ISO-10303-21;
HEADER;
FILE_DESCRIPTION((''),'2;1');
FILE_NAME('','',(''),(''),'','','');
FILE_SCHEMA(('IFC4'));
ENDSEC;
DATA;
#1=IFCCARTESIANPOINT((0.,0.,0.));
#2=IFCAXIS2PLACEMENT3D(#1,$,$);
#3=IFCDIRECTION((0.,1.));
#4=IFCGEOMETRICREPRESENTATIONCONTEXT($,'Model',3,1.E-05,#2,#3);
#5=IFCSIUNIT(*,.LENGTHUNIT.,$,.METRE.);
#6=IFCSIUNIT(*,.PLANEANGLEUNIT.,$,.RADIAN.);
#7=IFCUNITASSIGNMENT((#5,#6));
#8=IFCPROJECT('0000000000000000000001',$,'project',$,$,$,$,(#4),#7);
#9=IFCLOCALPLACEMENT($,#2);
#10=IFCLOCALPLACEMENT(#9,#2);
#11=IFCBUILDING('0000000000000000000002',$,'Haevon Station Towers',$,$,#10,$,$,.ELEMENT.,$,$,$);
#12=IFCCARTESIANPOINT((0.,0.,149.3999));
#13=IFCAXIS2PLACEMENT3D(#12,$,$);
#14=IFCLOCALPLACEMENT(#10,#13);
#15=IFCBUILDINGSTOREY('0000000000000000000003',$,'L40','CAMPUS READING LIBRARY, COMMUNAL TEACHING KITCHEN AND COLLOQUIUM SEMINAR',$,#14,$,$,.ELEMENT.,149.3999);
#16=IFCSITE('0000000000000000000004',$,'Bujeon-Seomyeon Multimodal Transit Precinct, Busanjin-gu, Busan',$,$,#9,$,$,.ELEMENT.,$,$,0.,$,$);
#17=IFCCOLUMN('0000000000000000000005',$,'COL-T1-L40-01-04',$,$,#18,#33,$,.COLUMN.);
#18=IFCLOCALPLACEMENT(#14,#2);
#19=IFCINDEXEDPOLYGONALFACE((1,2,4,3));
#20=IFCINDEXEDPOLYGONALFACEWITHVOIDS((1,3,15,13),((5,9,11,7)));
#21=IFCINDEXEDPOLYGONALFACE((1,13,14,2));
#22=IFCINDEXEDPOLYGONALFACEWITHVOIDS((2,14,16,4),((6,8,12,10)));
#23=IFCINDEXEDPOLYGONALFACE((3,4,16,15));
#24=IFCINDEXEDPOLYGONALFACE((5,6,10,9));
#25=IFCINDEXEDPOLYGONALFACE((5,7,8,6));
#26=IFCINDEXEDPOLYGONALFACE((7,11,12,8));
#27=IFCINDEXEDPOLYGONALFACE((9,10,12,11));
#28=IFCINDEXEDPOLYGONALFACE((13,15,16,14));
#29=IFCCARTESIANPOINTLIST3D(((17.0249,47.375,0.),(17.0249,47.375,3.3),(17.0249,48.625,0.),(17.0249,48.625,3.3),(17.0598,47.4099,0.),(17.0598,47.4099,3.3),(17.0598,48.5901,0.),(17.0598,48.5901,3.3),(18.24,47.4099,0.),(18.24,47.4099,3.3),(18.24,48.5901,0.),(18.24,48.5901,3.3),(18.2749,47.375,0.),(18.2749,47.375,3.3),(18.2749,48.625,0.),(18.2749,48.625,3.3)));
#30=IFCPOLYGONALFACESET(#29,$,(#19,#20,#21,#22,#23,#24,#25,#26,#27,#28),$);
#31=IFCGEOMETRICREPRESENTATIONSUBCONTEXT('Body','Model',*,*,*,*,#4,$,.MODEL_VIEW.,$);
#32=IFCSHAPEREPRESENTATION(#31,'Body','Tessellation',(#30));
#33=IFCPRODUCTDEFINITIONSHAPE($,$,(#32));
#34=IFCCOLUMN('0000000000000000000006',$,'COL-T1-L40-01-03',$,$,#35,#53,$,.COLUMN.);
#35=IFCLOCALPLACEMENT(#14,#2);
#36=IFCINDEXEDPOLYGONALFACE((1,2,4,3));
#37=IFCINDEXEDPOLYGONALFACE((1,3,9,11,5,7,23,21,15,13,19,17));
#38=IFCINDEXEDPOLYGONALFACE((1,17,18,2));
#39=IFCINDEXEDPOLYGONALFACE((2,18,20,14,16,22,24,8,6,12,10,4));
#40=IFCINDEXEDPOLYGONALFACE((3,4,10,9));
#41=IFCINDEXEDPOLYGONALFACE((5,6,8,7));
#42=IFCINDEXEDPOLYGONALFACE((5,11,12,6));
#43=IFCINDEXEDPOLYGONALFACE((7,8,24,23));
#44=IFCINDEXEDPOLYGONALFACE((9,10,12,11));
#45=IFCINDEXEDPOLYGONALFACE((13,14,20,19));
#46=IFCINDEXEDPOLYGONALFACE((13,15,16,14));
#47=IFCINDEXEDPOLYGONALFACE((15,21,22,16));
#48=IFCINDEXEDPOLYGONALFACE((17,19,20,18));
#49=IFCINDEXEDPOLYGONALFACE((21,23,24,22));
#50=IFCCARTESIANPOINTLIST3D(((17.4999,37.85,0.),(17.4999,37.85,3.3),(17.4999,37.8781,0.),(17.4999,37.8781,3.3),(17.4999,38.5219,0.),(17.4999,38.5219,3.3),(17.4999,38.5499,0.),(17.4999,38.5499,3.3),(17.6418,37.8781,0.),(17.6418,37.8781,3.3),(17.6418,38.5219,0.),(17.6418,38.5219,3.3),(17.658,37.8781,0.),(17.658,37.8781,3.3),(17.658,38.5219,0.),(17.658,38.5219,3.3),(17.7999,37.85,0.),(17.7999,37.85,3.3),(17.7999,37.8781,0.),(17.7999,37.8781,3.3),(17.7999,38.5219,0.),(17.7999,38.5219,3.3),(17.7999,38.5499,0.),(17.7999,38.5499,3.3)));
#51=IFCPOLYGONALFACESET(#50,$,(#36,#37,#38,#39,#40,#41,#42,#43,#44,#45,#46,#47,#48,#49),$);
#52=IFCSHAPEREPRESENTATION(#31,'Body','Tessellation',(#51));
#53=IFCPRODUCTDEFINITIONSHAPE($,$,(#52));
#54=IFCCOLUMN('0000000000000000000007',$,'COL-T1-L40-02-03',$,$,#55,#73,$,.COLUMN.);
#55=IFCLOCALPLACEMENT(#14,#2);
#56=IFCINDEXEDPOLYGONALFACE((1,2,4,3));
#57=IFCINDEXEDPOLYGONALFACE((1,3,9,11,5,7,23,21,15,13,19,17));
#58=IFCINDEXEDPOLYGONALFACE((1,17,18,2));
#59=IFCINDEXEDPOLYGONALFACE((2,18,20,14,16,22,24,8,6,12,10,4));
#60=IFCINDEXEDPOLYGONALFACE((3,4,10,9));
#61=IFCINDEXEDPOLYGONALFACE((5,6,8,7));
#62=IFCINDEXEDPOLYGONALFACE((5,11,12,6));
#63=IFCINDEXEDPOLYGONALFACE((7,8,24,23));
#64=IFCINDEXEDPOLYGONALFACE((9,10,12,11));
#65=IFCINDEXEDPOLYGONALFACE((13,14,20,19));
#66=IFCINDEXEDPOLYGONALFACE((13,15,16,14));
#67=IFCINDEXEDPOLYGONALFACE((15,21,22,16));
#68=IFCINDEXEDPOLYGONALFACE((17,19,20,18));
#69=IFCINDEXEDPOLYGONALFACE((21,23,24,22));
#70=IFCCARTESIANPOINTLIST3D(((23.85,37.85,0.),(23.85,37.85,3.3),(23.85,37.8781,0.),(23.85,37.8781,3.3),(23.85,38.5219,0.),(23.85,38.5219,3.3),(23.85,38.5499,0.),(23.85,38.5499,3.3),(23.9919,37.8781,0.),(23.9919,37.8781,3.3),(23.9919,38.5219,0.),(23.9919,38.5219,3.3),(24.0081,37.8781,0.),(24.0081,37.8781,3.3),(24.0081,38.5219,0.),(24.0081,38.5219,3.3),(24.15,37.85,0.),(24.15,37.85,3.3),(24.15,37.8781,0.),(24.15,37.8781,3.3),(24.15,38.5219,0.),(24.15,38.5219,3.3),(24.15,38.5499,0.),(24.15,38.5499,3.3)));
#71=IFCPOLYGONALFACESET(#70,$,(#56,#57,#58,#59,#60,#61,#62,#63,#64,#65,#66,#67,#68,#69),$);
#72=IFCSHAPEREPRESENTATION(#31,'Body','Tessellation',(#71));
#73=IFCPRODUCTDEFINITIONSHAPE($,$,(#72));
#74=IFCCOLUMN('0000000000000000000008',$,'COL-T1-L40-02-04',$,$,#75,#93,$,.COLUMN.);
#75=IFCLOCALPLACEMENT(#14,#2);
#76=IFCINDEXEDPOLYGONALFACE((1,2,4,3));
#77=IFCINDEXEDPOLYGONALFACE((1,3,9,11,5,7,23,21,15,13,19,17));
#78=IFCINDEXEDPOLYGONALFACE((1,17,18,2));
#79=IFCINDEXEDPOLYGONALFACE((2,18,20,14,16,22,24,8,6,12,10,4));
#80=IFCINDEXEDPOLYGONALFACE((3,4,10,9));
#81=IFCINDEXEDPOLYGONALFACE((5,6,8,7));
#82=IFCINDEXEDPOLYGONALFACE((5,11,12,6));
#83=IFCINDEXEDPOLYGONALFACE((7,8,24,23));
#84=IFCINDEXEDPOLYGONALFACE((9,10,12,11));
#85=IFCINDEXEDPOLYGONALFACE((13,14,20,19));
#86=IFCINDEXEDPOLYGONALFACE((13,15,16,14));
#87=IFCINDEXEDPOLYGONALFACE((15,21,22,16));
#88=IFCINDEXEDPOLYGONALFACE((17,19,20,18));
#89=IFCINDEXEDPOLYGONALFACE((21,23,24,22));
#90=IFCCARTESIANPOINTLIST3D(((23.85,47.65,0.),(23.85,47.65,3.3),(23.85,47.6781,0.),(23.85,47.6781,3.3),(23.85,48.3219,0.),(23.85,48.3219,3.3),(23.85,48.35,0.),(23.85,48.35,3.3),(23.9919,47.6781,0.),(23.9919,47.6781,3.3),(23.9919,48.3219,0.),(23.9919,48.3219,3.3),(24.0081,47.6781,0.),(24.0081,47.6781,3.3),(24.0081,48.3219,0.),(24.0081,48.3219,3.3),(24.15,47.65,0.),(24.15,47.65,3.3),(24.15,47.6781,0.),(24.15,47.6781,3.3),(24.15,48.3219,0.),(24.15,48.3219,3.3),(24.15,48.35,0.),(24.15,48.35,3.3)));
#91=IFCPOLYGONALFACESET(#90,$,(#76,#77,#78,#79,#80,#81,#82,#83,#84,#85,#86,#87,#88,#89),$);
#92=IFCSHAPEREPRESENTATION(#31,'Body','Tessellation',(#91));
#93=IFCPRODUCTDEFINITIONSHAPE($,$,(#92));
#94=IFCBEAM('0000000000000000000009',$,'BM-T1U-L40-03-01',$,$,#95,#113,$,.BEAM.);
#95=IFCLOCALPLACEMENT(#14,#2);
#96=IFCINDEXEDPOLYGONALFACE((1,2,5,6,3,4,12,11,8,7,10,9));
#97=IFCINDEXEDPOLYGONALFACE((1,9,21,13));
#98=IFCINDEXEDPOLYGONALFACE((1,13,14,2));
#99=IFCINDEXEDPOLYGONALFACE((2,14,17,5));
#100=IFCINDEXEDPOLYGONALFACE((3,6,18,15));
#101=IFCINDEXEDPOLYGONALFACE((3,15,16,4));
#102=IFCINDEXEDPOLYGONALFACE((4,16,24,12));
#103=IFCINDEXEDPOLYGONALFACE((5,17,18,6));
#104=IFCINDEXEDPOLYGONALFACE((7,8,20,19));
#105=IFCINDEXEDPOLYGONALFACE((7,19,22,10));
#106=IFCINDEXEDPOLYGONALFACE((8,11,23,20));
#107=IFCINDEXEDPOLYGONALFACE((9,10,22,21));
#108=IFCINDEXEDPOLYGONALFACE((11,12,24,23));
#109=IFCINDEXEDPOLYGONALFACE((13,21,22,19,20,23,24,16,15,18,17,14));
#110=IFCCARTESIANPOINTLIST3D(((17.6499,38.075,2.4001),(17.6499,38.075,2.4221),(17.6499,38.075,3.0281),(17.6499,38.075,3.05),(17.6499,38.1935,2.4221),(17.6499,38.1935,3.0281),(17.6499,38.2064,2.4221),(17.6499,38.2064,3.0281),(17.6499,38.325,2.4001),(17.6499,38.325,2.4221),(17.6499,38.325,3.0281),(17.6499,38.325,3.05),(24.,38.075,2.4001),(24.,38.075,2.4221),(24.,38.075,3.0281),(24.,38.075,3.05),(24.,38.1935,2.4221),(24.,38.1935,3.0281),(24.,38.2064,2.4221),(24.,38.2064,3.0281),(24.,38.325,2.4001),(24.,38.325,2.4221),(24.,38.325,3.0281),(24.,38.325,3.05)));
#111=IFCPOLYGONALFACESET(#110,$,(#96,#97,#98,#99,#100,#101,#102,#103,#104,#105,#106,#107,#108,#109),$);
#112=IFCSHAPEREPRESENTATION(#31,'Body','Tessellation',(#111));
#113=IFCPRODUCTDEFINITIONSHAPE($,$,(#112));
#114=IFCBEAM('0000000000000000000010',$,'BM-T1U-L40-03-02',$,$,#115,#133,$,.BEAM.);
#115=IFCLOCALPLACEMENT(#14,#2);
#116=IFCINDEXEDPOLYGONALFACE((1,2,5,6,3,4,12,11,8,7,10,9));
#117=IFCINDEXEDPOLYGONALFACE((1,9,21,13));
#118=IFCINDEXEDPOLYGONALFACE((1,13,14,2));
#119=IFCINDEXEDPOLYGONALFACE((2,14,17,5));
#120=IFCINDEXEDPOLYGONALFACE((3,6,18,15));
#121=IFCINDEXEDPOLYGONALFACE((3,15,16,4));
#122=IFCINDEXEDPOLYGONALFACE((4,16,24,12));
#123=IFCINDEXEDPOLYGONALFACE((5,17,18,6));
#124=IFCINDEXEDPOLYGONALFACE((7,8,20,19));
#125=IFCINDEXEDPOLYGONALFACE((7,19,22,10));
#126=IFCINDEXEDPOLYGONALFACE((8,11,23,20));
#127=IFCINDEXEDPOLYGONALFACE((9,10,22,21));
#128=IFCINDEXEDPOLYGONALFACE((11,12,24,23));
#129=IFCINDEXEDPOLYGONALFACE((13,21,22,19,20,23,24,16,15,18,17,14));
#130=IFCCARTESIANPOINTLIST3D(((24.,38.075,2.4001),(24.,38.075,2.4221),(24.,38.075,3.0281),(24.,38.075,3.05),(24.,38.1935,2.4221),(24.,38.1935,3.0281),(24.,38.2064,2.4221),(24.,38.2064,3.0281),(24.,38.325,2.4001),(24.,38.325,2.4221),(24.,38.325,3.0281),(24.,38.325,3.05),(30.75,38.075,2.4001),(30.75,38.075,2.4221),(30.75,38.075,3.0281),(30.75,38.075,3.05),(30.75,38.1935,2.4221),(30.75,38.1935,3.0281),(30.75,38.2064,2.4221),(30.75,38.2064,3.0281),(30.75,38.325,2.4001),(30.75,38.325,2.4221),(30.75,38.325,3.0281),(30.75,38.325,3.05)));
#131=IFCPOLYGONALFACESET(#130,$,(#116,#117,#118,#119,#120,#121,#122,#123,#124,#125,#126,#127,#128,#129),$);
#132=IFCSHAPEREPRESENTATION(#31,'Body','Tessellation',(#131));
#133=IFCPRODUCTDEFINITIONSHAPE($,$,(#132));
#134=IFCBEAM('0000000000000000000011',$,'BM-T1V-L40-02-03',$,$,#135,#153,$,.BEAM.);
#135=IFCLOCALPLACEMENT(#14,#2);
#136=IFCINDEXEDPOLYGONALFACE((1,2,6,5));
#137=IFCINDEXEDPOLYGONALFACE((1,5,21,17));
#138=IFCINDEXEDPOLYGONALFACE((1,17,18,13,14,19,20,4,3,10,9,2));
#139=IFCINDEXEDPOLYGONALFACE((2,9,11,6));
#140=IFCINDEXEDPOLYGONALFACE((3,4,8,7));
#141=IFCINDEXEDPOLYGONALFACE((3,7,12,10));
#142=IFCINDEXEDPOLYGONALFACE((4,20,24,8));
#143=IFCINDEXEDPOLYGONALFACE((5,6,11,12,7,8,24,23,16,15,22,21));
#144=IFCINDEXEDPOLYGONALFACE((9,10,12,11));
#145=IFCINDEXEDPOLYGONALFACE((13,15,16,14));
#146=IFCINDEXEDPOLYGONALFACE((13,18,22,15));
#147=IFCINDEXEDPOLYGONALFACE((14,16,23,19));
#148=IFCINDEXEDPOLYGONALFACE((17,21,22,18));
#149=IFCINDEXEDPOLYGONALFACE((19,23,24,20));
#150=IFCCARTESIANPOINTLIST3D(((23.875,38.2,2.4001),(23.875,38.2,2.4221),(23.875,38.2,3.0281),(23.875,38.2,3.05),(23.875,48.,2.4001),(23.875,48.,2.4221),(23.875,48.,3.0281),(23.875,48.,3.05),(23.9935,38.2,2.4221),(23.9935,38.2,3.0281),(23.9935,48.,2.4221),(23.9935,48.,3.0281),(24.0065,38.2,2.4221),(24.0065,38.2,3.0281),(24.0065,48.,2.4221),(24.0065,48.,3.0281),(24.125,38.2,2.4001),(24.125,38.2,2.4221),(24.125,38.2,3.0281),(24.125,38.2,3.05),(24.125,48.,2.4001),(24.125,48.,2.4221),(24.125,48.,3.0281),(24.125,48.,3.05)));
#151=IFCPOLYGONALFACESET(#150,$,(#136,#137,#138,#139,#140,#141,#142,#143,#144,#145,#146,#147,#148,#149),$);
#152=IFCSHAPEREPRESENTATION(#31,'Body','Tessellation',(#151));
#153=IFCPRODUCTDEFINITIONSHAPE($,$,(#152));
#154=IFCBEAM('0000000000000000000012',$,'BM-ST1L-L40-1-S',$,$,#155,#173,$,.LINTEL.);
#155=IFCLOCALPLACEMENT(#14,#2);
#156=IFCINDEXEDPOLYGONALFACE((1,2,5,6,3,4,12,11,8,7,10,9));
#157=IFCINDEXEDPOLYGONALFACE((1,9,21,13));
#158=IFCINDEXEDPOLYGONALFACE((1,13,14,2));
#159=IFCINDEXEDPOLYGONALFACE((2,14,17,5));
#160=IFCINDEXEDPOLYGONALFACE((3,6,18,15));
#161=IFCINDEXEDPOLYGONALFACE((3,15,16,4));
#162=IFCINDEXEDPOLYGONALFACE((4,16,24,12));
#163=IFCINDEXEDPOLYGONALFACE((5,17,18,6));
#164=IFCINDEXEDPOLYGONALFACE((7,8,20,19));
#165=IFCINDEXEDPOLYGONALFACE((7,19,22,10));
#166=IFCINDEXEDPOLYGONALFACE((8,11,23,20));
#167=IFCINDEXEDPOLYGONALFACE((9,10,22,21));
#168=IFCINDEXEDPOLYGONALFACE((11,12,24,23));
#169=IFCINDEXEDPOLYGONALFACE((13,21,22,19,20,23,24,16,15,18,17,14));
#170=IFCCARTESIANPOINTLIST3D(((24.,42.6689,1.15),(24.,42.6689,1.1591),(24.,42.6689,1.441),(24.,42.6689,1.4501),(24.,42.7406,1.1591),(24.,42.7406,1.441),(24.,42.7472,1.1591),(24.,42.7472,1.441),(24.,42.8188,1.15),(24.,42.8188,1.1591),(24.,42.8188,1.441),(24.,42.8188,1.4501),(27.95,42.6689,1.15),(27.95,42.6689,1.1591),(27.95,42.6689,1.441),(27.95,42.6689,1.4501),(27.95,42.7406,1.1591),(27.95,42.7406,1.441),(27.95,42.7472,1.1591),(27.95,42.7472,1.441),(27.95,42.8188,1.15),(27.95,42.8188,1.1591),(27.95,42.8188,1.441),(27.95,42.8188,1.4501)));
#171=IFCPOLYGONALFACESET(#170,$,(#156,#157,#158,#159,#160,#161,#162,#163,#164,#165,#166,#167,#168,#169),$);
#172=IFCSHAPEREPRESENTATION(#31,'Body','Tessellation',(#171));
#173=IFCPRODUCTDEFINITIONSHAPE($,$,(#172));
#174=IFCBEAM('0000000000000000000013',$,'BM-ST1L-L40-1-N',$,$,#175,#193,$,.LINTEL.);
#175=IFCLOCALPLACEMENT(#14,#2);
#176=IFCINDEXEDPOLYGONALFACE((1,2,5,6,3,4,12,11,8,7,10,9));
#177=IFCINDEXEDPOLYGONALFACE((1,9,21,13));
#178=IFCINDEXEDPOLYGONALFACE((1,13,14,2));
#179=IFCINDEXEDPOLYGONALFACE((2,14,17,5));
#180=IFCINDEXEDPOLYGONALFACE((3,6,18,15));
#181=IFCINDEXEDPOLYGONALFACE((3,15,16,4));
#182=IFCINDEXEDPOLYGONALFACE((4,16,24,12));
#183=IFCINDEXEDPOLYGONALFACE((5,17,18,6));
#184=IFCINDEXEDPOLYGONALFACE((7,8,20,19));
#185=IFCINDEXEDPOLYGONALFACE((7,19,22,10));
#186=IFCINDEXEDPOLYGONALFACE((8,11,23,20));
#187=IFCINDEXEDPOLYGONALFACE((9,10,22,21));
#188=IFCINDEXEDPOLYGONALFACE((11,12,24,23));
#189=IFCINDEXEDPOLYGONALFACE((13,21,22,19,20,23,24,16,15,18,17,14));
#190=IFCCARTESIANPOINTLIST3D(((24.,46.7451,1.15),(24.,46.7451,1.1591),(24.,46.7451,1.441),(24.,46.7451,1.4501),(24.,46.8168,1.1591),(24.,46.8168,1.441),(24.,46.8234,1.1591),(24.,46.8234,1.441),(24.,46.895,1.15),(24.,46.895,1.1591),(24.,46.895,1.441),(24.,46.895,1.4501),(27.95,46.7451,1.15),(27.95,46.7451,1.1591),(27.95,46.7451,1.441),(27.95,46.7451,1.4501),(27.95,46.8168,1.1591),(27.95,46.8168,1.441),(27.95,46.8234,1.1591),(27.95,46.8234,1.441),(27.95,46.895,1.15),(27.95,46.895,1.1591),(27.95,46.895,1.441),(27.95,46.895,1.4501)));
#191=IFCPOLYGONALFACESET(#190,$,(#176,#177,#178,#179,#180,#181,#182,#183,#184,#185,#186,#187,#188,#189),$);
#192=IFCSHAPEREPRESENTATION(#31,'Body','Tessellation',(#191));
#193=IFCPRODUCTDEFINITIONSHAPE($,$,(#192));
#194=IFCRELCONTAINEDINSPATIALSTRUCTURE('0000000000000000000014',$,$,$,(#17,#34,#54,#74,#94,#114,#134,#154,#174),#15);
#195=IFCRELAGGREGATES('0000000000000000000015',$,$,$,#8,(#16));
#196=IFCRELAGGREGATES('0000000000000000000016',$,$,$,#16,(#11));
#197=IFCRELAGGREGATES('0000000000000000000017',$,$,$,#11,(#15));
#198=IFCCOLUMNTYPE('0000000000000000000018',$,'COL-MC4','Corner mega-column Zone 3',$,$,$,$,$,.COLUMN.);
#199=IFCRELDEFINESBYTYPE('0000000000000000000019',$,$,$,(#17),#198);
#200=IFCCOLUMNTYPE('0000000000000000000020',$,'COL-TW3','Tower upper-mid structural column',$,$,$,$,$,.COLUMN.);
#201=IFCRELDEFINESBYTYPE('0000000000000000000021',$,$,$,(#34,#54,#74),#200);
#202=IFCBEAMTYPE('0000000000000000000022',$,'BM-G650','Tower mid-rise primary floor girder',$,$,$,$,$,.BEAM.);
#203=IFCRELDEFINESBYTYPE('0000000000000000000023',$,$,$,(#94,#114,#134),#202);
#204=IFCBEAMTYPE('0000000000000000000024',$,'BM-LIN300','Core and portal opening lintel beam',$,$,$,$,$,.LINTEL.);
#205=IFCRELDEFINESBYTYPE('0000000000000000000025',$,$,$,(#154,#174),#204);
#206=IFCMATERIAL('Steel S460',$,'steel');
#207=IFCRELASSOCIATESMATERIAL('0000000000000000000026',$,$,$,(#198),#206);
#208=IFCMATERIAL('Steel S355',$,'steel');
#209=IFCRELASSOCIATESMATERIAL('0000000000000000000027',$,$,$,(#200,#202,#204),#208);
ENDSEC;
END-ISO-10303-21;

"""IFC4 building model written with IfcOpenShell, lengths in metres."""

from ifc_helpers import new_model, si_unit, direction, frame, origin, origin_2d, place, context, subcontext, project, spatial, hollow_rectangle, i_section, extrude, material, material_profile, profile_set, type_object, element, save


model = new_model("IFC4")

# Units and contexts
model_context = context("Model", 3, precision=1e-05, world=origin(), true_north=direction((0.0, 1.0)))
body_context = subcontext(model_context, "Body", "Model", "MODEL_VIEW")
ifc_project = project(units=[si_unit("LENGTHUNIT", "METRE"), si_unit("PLANEANGLEUNIT", "RADIAN")], contexts=[model_context])

# Site, building, storey
site_placement = place(None, origin())
site = spatial("IfcSite", under=ifc_project, at=site_placement, Name="Bujeon-Seomyeon Multimodal Transit Precinct, Busanjin-gu, Busan", CompositionType="ELEMENT", RefElevation=0.0)
building_placement = place(site_placement, origin())
building = spatial("IfcBuilding", under=site, at=building_placement, Name="Haevon Station Towers", CompositionType="ELEMENT")
storey_placement = place(building_placement, frame((0.0, 0.0, 149.3999)))
storey = spatial("IfcBuildingStorey", under=building, at=storey_placement, Name="L40", Description="CAMPUS READING LIBRARY, COMMUNAL TEACHING KITCHEN AND COLLOQUIUM SEMINAR", CompositionType="ELEMENT", Elevation=149.3999)

# Columns
ifc_material_1 = material(Name="Steel S460", Category="steel")
ifc_material_profile_1 = material_profile(ifc_material_1, hollow_rectangle(XDim=1.25, YDim=1.25, WallThickness=0.0349, at=origin_2d()), Name="BOX-1250x1250x35")
ifc_profile_set_1 = profile_set([ifc_material_profile_1], Name="Steel S460")
column_type_1 = type_object("IfcColumnType", Name="COL-MC4", Description="Corner mega-column Zone 3", PredefinedType="COLUMN", material=ifc_profile_set_1)
column_placement = place(storey_placement, frame((17.6499, 48.0, 0.0), z_axis=(0.0, 0.0, 1.0), x_axis=(1.0, 0.0, 0.0)))
element("IfcColumn", 1, at=column_placement, inside=storey, type_object=column_type_1, Name="COL-T1-L40-01-04", PredefinedType="COLUMN", context=body_context, shape_type="SweptSolid", body=[
    extrude(hollow_rectangle(XDim=1.25, YDim=1.25, WallThickness=0.0349, at=origin_2d()), origin(), (0.0, 0.0, 1.0), 3.3),
])
ifc_material_2 = material(Name="Steel S355", Category="steel")
ifc_material_profile_2 = material_profile(ifc_material_2, i_section(OverallWidth=0.3, OverallDepth=0.7, WebThickness=0.0161, FlangeThickness=0.0281, at=origin_2d()), Name="H-700x300x16x28")
ifc_profile_set_2 = profile_set([ifc_material_profile_2], Name="Steel S355")
column_type_2 = type_object("IfcColumnType", Name="COL-TW3", Description="Tower upper-mid structural column", PredefinedType="COLUMN", material=ifc_profile_set_2)
for number, where, z_axis, x_axis, name in (
    (2, (17.6499, 38.2, 0.0), (0.0, 0.0, 1.0), (1.0, 0.0, 0.0), "COL-T1-L40-01-03"),
    (3, (24.0, 38.2, 0.0), (0.0, 0.0, 1.0), (1.0, 0.0, 0.0), "COL-T1-L40-02-03"),
    (4, (24.0, 48.0, 0.0), (0.0, 0.0, 1.0), (1.0, 0.0, 0.0), "COL-T1-L40-02-04"),
):
    element("IfcColumn", number, at=place(storey_placement, frame(where, z_axis=z_axis, x_axis=x_axis)), inside=storey, type_object=column_type_2, Name=name, PredefinedType="COLUMN", context=body_context, shape_type="SweptSolid", body=[
        extrude(i_section(OverallWidth=0.3, OverallDepth=0.7, WebThickness=0.0161, FlangeThickness=0.0281, at=origin_2d()), origin(), (0.0, 0.0, 1.0), 3.3),
    ])

# Beams
ifc_material_profile_3 = material_profile(ifc_material_2, i_section(OverallWidth=0.25, OverallDepth=0.6499, WebThickness=0.0129, FlangeThickness=0.022, at=origin_2d()), Name="H-650x250x13x22")
ifc_profile_set_3 = profile_set([ifc_material_profile_3], Name="Steel S355")
beam_type_1 = type_object("IfcBeamType", Name="BM-G650", Description="Tower mid-rise primary floor girder", PredefinedType="BEAM", material=ifc_profile_set_3)
beam_1_placement = place(storey_placement, frame((17.6499, 38.2, 2.7251), z_axis=(1.0, 0.0, 0.0), x_axis=(0.0, 1.0, 0.0)))
element("IfcBeam", 5, at=beam_1_placement, inside=storey, type_object=beam_type_1, Name="BM-T1U-L40-03-01", PredefinedType="BEAM", context=body_context, shape_type="SweptSolid", body=[
    extrude(i_section(OverallWidth=0.25, OverallDepth=0.6499, WebThickness=0.0129, FlangeThickness=0.022, at=origin_2d()), origin(), (0.0, 0.0, 1.0), 6.3501),
])
beam_2_placement = place(storey_placement, frame((24.0, 38.2, 2.7251), z_axis=(1.0, 0.0, 0.0), x_axis=(0.0, 1.0, 0.0)))
element("IfcBeam", 6, at=beam_2_placement, inside=storey, type_object=beam_type_1, Name="BM-T1U-L40-03-02", PredefinedType="BEAM", context=body_context, shape_type="SweptSolid", body=[
    extrude(i_section(OverallWidth=0.25, OverallDepth=0.6499, WebThickness=0.0129, FlangeThickness=0.022, at=origin_2d()), origin(), (0.0, 0.0, 1.0), 6.75),
])
beam_3_placement = place(storey_placement, frame((24.0, 38.2, 2.7251), z_axis=(0.0, 1.0, 0.0), x_axis=(-1.0, 0.0, 0.0)))
element("IfcBeam", 7, at=beam_3_placement, inside=storey, type_object=beam_type_1, Name="BM-T1V-L40-02-03", PredefinedType="BEAM", context=body_context, shape_type="SweptSolid", body=[
    extrude(i_section(OverallWidth=0.25, OverallDepth=0.6499, WebThickness=0.0129, FlangeThickness=0.022, at=origin_2d()), origin(), (0.0, 0.0, 1.0), 9.8),
])
ifc_material_profile_4 = material_profile(ifc_material_2, i_section(OverallWidth=0.1499, OverallDepth=0.3, WebThickness=0.0066, FlangeThickness=0.009, at=origin_2d()), Name="H-300x150x6.5x9")
ifc_profile_set_4 = profile_set([ifc_material_profile_4], Name="Steel S355")
beam_type_2 = type_object("IfcBeamType", Name="BM-LIN300", Description="Core and portal opening lintel beam", PredefinedType="LINTEL", material=ifc_profile_set_4)
for number, where, z_axis, x_axis, name in (
    (8, (24.0, 42.7439, 1.3), (1.0, 0.0, 0.0), (0.0, 1.0, 0.0), "BM-ST1L-L40-1-S"),
    (9, (24.0, 46.8201, 1.3), (1.0, 0.0, 0.0), (0.0, 1.0, 0.0), "BM-ST1L-L40-1-N"),
):
    element("IfcBeam", number, at=place(storey_placement, frame(where, z_axis=z_axis, x_axis=x_axis)), inside=storey, type_object=beam_type_2, Name=name, PredefinedType="LINTEL", context=body_context, shape_type="SweptSolid", body=[
        extrude(i_section(OverallWidth=0.1499, OverallDepth=0.3, WebThickness=0.0066, FlangeThickness=0.009, at=origin_2d()), origin(), (0.0, 0.0, 1.0), 3.95),
    ])

save(model, "model.ifc")
